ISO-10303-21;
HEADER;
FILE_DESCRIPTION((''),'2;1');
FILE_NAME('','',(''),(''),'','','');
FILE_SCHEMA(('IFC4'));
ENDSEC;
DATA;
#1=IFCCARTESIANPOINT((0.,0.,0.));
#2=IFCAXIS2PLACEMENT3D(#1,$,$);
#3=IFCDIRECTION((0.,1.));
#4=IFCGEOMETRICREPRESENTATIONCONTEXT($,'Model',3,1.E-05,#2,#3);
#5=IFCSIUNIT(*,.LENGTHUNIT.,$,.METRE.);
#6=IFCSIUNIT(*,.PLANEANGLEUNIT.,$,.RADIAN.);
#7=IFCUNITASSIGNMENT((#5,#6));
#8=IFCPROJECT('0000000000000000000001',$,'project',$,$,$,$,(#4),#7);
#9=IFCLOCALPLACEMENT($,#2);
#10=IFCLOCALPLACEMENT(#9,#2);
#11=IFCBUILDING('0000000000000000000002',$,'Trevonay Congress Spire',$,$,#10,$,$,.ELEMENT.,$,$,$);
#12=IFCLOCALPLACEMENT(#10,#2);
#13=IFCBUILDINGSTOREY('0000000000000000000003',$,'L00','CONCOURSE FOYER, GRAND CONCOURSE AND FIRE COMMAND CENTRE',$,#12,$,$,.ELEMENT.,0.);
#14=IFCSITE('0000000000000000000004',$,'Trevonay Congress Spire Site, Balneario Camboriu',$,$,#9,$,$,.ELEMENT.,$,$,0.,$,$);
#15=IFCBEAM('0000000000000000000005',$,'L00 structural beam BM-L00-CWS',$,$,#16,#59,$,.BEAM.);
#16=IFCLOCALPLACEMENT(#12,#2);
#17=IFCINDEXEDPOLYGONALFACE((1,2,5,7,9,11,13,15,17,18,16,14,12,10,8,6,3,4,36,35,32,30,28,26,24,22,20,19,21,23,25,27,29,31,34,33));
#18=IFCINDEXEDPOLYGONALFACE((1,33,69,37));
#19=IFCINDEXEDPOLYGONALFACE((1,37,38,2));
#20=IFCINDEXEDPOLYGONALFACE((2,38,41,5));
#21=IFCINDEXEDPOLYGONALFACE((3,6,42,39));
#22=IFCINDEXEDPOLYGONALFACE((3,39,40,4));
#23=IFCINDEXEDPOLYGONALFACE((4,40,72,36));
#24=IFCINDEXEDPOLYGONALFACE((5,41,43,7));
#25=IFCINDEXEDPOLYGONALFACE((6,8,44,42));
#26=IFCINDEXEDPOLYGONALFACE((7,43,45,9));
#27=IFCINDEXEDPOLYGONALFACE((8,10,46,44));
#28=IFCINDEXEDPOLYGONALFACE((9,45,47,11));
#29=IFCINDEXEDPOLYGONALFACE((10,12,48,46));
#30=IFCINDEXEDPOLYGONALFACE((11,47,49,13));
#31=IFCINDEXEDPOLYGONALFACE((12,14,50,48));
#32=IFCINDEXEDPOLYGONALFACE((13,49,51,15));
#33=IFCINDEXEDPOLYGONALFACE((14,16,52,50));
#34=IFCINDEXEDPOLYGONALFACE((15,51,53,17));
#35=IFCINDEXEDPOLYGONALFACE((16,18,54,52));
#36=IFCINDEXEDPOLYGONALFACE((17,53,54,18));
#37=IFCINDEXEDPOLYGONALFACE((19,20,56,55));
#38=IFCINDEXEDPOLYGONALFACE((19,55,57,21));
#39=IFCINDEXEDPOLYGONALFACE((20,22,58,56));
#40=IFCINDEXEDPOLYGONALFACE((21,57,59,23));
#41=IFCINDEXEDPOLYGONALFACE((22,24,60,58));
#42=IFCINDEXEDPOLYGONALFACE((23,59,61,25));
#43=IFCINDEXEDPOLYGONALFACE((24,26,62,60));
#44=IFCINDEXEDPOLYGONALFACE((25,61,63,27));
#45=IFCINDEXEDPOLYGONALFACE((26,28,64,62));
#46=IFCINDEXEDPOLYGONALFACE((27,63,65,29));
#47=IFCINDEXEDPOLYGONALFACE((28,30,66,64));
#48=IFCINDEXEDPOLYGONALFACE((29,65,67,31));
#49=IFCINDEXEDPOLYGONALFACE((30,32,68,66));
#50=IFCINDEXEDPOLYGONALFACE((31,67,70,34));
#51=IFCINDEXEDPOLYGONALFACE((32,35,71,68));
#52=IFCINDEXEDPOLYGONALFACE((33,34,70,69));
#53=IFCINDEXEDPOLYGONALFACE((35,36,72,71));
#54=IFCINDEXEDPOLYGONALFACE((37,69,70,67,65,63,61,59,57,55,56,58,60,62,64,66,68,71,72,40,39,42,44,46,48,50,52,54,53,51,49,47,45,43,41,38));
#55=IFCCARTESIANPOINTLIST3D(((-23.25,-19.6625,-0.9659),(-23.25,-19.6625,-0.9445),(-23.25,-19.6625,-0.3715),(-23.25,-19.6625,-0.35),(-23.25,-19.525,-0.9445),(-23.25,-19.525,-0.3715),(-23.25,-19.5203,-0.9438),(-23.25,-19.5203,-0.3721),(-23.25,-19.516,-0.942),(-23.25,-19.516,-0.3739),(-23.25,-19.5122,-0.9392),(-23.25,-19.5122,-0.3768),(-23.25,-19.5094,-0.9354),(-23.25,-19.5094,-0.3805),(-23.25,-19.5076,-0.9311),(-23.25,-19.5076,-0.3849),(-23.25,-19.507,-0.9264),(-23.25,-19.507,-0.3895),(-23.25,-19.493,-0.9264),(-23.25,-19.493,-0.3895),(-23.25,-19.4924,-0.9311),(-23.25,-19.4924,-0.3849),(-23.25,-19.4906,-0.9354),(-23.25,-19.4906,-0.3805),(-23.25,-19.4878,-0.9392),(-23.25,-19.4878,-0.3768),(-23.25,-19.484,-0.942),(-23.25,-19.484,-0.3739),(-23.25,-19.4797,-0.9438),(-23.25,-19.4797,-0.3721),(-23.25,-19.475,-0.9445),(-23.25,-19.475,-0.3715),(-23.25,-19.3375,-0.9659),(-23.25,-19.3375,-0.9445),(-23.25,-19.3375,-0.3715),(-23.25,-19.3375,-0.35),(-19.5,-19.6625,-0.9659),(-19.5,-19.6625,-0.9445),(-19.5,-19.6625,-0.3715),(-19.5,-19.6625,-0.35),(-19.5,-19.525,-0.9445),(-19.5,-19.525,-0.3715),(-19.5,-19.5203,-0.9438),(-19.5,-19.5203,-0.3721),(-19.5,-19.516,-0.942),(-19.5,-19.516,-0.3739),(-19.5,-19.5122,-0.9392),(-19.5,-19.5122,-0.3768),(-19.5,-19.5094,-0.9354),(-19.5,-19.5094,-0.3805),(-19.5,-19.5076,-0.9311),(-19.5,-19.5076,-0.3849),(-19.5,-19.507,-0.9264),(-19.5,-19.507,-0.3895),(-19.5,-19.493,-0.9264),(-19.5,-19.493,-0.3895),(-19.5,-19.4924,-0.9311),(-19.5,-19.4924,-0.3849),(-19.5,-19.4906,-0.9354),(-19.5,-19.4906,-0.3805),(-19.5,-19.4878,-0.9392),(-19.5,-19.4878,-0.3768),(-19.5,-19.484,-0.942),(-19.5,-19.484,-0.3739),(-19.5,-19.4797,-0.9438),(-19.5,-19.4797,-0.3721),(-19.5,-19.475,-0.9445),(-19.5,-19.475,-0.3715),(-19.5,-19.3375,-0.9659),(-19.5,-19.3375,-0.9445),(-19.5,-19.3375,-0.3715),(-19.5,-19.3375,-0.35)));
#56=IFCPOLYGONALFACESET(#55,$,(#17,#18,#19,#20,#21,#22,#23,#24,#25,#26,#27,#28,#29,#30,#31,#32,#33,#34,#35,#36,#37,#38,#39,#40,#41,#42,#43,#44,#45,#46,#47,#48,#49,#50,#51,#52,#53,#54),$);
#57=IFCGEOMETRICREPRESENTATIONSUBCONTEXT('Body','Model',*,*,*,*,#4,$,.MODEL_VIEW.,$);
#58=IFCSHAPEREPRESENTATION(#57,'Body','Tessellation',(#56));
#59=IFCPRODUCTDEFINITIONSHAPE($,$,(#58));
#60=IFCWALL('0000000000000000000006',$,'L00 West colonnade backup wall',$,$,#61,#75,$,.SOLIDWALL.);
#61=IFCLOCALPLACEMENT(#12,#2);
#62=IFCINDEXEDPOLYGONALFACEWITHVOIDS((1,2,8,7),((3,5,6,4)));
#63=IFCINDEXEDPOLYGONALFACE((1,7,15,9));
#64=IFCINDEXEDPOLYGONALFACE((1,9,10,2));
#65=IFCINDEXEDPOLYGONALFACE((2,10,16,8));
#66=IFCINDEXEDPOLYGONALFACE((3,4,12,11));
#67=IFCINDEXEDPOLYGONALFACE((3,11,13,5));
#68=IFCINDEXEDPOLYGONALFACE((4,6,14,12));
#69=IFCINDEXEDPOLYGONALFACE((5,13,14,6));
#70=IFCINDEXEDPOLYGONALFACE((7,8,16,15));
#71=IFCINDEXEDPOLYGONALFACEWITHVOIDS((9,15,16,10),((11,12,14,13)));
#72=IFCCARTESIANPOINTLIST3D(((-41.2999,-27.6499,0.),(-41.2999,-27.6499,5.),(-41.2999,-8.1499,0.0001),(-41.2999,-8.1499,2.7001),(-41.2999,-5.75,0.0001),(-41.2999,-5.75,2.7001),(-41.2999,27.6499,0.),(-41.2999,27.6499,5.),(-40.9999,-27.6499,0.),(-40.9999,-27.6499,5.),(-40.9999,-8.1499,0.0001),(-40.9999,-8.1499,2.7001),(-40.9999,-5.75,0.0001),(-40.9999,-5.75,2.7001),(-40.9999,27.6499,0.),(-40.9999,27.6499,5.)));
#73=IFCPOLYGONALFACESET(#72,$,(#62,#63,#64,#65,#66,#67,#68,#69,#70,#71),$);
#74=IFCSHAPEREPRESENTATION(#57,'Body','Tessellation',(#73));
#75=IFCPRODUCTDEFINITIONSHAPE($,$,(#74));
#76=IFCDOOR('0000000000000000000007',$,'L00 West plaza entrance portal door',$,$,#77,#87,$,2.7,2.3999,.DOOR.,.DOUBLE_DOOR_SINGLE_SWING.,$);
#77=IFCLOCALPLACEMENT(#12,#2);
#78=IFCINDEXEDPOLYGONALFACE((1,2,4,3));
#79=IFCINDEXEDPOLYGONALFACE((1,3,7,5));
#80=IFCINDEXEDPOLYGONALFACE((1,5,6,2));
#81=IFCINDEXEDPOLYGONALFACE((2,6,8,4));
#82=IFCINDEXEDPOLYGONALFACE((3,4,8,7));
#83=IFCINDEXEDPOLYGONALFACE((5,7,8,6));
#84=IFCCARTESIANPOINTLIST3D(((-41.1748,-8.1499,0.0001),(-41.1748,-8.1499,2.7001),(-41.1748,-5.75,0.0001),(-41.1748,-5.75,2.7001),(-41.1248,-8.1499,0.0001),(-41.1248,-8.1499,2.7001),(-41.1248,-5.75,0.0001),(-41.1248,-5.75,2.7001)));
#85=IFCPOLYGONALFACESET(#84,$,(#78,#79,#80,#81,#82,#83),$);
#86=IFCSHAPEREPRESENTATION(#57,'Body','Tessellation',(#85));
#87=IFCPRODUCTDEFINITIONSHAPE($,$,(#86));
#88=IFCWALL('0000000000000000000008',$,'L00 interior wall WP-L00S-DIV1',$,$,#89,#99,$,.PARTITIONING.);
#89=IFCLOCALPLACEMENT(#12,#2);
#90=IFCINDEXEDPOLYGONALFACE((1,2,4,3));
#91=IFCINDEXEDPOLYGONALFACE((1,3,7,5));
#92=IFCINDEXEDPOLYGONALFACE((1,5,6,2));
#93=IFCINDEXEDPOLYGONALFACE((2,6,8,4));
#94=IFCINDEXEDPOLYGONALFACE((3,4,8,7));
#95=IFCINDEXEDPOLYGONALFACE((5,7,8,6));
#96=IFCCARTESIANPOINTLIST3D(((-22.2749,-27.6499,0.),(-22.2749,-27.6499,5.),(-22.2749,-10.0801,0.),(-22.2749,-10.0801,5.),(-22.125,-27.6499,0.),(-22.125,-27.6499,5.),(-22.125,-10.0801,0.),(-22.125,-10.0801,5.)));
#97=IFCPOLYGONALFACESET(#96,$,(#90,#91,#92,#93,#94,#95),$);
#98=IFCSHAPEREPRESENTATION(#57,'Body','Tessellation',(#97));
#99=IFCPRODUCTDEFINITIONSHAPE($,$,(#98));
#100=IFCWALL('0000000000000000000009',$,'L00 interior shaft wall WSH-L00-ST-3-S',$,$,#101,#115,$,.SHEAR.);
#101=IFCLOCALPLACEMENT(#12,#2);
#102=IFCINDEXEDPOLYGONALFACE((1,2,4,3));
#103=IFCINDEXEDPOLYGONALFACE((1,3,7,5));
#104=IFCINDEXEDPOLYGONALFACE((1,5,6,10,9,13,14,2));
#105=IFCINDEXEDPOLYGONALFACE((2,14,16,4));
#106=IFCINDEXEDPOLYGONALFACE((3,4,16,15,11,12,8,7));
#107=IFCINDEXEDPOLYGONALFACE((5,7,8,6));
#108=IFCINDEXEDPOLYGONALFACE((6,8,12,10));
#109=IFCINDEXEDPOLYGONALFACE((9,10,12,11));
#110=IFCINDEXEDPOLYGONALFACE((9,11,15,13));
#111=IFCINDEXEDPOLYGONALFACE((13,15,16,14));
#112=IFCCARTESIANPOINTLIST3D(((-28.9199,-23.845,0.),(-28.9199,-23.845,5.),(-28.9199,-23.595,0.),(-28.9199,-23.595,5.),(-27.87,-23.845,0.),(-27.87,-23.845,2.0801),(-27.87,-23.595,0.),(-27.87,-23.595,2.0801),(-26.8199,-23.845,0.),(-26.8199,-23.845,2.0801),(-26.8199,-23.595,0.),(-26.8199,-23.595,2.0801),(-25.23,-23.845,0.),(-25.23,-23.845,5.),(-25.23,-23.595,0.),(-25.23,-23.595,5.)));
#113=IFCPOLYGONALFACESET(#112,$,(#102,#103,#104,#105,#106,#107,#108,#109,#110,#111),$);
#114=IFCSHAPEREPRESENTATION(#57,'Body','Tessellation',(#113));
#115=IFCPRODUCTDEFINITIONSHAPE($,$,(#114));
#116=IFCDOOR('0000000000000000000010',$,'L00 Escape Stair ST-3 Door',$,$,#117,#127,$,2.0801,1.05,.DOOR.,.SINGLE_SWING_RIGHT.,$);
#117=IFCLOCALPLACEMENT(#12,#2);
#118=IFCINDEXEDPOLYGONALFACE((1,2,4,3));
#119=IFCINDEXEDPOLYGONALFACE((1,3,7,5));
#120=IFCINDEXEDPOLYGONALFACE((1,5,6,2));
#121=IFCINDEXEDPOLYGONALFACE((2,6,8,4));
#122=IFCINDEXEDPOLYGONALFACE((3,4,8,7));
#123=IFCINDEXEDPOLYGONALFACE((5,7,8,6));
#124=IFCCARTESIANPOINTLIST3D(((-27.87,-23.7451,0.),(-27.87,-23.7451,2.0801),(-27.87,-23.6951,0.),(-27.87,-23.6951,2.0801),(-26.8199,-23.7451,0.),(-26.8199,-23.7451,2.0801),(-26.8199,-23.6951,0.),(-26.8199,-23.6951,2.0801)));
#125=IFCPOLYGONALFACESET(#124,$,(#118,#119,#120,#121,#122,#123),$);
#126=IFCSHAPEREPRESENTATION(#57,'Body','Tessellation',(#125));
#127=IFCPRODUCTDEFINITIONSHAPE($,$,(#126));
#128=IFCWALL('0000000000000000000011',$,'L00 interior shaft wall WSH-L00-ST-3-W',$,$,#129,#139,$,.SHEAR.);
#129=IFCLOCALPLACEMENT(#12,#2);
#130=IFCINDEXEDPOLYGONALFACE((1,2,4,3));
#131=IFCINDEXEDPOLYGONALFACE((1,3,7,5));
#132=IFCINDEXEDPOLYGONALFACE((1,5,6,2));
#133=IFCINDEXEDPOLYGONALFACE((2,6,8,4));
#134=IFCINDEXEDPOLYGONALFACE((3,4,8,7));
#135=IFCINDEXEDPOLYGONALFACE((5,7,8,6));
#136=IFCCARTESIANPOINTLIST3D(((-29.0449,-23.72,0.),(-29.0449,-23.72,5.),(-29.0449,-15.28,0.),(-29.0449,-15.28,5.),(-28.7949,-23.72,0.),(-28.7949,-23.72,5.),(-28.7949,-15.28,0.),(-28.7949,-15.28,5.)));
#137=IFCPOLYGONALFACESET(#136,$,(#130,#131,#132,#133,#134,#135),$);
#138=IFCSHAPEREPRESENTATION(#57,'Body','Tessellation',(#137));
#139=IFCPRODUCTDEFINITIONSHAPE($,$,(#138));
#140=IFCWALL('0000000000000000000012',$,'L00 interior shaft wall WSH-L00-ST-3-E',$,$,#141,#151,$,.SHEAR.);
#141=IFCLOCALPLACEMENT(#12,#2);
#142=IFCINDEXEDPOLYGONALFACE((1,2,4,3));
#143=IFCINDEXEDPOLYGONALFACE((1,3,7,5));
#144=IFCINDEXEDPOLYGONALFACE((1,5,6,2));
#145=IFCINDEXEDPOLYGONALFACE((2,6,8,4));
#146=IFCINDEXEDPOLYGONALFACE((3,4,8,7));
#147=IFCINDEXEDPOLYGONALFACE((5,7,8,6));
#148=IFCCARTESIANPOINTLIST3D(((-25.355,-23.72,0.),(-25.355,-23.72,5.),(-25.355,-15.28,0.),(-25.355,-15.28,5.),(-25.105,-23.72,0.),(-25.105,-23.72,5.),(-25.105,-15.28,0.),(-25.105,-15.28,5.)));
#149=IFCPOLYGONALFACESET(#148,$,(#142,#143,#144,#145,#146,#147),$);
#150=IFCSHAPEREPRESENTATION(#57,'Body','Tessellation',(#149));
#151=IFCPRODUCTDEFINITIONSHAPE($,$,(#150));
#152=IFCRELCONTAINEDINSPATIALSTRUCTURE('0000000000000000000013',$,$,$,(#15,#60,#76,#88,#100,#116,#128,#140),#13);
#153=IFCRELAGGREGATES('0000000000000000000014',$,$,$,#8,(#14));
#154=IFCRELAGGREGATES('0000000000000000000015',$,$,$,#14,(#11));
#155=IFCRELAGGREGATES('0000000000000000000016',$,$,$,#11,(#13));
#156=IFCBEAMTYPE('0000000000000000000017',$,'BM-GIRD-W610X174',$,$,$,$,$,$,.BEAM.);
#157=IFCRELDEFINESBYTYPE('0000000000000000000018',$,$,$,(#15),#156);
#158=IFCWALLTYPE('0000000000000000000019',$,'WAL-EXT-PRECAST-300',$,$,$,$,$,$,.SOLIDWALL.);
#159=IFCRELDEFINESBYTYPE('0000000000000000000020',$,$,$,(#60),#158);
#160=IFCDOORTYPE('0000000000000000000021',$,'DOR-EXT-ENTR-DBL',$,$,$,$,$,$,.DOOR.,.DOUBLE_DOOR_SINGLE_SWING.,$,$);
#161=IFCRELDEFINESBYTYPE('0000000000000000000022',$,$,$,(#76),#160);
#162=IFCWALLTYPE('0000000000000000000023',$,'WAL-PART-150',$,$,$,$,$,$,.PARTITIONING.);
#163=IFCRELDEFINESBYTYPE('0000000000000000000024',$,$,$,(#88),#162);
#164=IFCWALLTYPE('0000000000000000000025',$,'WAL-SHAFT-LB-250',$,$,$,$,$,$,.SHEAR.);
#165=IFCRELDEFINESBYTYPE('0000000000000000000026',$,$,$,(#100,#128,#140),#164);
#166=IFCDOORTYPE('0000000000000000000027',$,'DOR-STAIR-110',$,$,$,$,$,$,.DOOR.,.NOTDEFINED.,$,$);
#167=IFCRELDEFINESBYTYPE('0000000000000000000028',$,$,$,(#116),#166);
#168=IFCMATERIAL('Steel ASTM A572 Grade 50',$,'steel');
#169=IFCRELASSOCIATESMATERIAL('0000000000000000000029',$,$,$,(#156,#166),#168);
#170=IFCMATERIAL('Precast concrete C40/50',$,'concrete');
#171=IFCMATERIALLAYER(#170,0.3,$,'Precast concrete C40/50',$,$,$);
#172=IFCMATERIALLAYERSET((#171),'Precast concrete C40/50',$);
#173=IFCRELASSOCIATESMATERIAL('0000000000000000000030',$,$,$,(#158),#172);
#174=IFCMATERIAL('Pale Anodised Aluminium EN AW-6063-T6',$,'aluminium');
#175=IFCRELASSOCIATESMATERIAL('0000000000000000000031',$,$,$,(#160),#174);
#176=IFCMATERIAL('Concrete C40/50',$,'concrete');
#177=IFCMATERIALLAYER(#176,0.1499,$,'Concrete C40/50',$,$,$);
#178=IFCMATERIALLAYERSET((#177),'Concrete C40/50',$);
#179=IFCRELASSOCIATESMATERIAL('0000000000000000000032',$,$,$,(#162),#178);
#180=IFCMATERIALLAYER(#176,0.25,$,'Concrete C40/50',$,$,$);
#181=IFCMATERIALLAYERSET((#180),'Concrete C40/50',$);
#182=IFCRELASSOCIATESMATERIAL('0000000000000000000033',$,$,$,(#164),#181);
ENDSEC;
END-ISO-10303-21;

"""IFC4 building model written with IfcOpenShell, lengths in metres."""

from ifc_helpers import new_model, si_unit, direction, frame, frame_2d, origin, origin_2d, place, context, subcontext, project, spatial, rectangle, i_section, extrude, material, layer, layer_set, material_profile, profile_set, type_object, element, fill, save


model = new_model("IFC4")

# Units and contexts
model_context = context("Model", 3, precision=1e-05, world=origin(), true_north=direction((0.0, 1.0)))
body_context = subcontext(model_context, "Body", "Model", "MODEL_VIEW")
ifc_project = project(units=[si_unit("LENGTHUNIT", "METRE"), si_unit("PLANEANGLEUNIT", "RADIAN")], contexts=[model_context])

# Site, building, storey
site_placement = place(None, origin())
site = spatial("IfcSite", under=ifc_project, at=site_placement, Name="Trevonay Congress Spire Site, Balneario Camboriu", CompositionType="ELEMENT", RefElevation=0.0)
building_placement = place(site_placement, origin())
building = spatial("IfcBuilding", under=site, at=building_placement, Name="Trevonay Congress Spire", CompositionType="ELEMENT")
storey_placement = place(building_placement, origin())
storey = spatial("IfcBuildingStorey", under=building, at=storey_placement, Name="L00", Description="CONCOURSE FOYER, GRAND CONCOURSE AND FIRE COMMAND CENTRE", CompositionType="ELEMENT", Elevation=0.0)

# Shared definitions
ifc_material_1 = material(Name="Steel ASTM A572 Grade 50", Category="steel")

# Beam
ifc_material_profile_1 = material_profile(ifc_material_1, i_section(OverallWidth=0.325, OverallDepth=0.616, WebThickness=0.0139, FlangeThickness=0.0215, FilletRadius=0.0181, at=origin_2d()), Name="W610x174")
ifc_profile_set_1 = profile_set([ifc_material_profile_1], Name="Steel ASTM A572 Grade 50")
beam_type = type_object("IfcBeamType", Name="BM-GIRD-W610X174", PredefinedType="BEAM", material=ifc_profile_set_1)
beam_1_placement = place(storey_placement, frame((-23.25, -19.5, -0.658), z_axis=(1.0, 0.0, 0.0), x_axis=(0.0, 1.0, 0.0)))
element("IfcBeam", 1, at=beam_1_placement, inside=storey, type_object=beam_type, Name="L00 structural beam BM-L00-CWS", PredefinedType="BEAM", context=body_context, shape_type="SweptSolid", body=[
    extrude(i_section(OverallWidth=0.325, OverallDepth=0.616, WebThickness=0.0139, FlangeThickness=0.0215, FilletRadius=0.0181, at=origin_2d()), origin(), (0.0, 0.0, 1.0), 3.75),
])

# Wall, opening, door
ifc_material_2 = material(Name="Precast concrete C40/50", Category="concrete")
ifc_layer_1 = layer(ifc_material_2, 0.3, Name="Precast concrete C40/50")
ifc_layer_set_1 = layer_set([ifc_layer_1], Name="Precast concrete C40/50")
wall_type_1 = type_object("IfcWallType", Name="WAL-EXT-PRECAST-300", PredefinedType="SOLIDWALL", material=ifc_layer_set_1)
wall_1_placement = place(storey_placement, frame((-41.1499, -27.6499, 0.0), z_axis=(0.0, 0.0, 1.0), x_axis=(0.0, 1.0, 0.0)))
wall_1 = element("IfcWall", 2, at=wall_1_placement, inside=storey, type_object=wall_type_1, Name="L00 West colonnade backup wall", PredefinedType="SOLIDWALL", context=body_context, shape_type="SweptSolid", body=[
    extrude(rectangle(XDim=55.2998, YDim=0.3, at=frame_2d((27.6499, 0.0))), origin(), (0.0, 0.0, 1.0), 5.0),
])
opening_1_placement = place(wall_1_placement, frame((19.5, 0.0, 0.0)))
opening_1 = element("IfcOpeningElement", 3, at=opening_1_placement, cuts=wall_1, PredefinedType="OPENING", context=body_context, shape_type="SweptSolid", body=[
    extrude(rectangle(XDim=2.3999, YDim=2.7, at=frame_2d((1.2, 1.3501))), frame((0.0, 0.1602, 0.0), z_axis=(0.0, -1.0, 0.0), x_axis=(1.0, 0.0, 0.0)), (0.0, 0.0, 1.0), 0.3201),
])
ifc_material_3 = material(Name="Pale Anodised Aluminium EN AW-6063-T6", Category="aluminium")
door_type_1 = type_object("IfcDoorType", Name="DOR-EXT-ENTR-DBL", OperationType="DOUBLE_DOOR_SINGLE_SWING", PredefinedType="DOOR", material=ifc_material_3)
door_1_placement = place(opening_1_placement, origin())
door_1 = element("IfcDoor", 4, at=door_1_placement, inside=storey, type_object=door_type_1, Name="L00 West plaza entrance portal door", OperationType="DOUBLE_DOOR_SINGLE_SWING", OverallHeight=2.7, OverallWidth=2.3999, PredefinedType="DOOR", context=body_context, shape_type="SweptSolid", body=[
    extrude(rectangle(XDim=2.3999, YDim=2.7, at=frame_2d((1.2, 1.3501))), frame((0.0, 0.0249, 0.0), z_axis=(0.0, -1.0, 0.0), x_axis=(1.0, 0.0, 0.0)), (0.0, 0.0, 1.0), 0.05),
])
fill(opening_1, door_1)

# Wall
ifc_material_4 = material(Name="Concrete C40/50", Category="concrete")
ifc_layer_2 = layer(ifc_material_4, 0.1499, Name="Concrete C40/50")
ifc_layer_set_2 = layer_set([ifc_layer_2], Name="Concrete C40/50")
wall_type_2 = type_object("IfcWallType", Name="WAL-PART-150", PredefinedType="PARTITIONING", material=ifc_layer_set_2)
wall_2_placement = place(storey_placement, frame((-22.2, -27.6499, 0.0), z_axis=(0.0, 0.0, 1.0), x_axis=(0.0, 1.0, 0.0)))
element("IfcWall", 5, at=wall_2_placement, inside=storey, type_object=wall_type_2, Name="L00 interior wall WP-L00S-DIV1", PredefinedType="PARTITIONING", context=body_context, shape_type="SweptSolid", body=[
    extrude(rectangle(XDim=17.5698, YDim=0.1499, at=frame_2d((8.7849, 0.0))), origin(), (0.0, 0.0, 1.0), 5.0),
])

# Wall, opening, door
ifc_layer_3 = layer(ifc_material_4, 0.25, Name="Concrete C40/50")
ifc_layer_set_3 = layer_set([ifc_layer_3], Name="Concrete C40/50")
wall_type_3 = type_object("IfcWallType", Name="WAL-SHAFT-LB-250", PredefinedType="SHEAR", material=ifc_layer_set_3)
wall_3_placement = place(storey_placement, frame((-28.9199, -23.72, 0.0), z_axis=(0.0, 0.0, 1.0), x_axis=(1.0, 0.0, 0.0)))
wall_3 = element("IfcWall", 6, at=wall_3_placement, inside=storey, type_object=wall_type_3, Name="L00 interior shaft wall WSH-L00-ST-3-S", PredefinedType="SHEAR", context=body_context, shape_type="SweptSolid", body=[
    extrude(rectangle(XDim=3.6899, YDim=0.25, at=frame_2d((1.845, 0.0))), origin(), (0.0, 0.0, 1.0), 5.0),
])
opening_2_placement = place(wall_3_placement, frame((1.05, 0.0, 0.0)))
opening_2 = element("IfcOpeningElement", 7, at=opening_2_placement, cuts=wall_3, PredefinedType="OPENING", context=body_context, shape_type="SweptSolid", body=[
    extrude(rectangle(XDim=1.05, YDim=2.0801, at=frame_2d((0.5249, 1.04))), frame((0.0, 0.135, 0.0), z_axis=(0.0, -1.0, 0.0), x_axis=(1.0, 0.0, 0.0)), (0.0, 0.0, 1.0), 0.27),
])
door_type_2 = type_object("IfcDoorType", Name="DOR-STAIR-110", OperationType="NOTDEFINED", PredefinedType="DOOR", material=ifc_material_1)
door_2_placement = place(opening_2_placement, origin())
door_2 = element("IfcDoor", 8, at=door_2_placement, inside=storey, type_object=door_type_2, Name="L00 Escape Stair ST-3 Door", OperationType="SINGLE_SWING_RIGHT", OverallHeight=2.0801, OverallWidth=1.05, PredefinedType="DOOR", context=body_context, shape_type="SweptSolid", body=[
    extrude(rectangle(XDim=1.05, YDim=2.0801, at=frame_2d((0.5249, 1.04))), frame((0.0, 0.0249, 0.0), z_axis=(0.0, -1.0, 0.0), x_axis=(1.0, 0.0, 0.0)), (0.0, 0.0, 1.0), 0.05),
])
fill(opening_2, door_2)

# Walls
for number, where, z_axis, x_axis, name in (
    (9, (-28.9199, -23.72, 0.0), (0.0, 0.0, 1.0), (0.0, 1.0, 0.0), "L00 interior shaft wall WSH-L00-ST-3-W"),
    (10, (-25.23, -23.72, 0.0), (0.0, 0.0, 1.0), (0.0, 1.0, 0.0), "L00 interior shaft wall WSH-L00-ST-3-E"),
):
    element("IfcWall", number, at=place(storey_placement, frame(where, z_axis=z_axis, x_axis=x_axis)), inside=storey, type_object=wall_type_3, Name=name, PredefinedType="SHEAR", context=body_context, shape_type="SweptSolid", body=[
        extrude(rectangle(XDim=8.4399, YDim=0.25, at=frame_2d((4.22, 0.0))), origin(), (0.0, 0.0, 1.0), 5.0),
    ])

save(model, "model.ifc")
